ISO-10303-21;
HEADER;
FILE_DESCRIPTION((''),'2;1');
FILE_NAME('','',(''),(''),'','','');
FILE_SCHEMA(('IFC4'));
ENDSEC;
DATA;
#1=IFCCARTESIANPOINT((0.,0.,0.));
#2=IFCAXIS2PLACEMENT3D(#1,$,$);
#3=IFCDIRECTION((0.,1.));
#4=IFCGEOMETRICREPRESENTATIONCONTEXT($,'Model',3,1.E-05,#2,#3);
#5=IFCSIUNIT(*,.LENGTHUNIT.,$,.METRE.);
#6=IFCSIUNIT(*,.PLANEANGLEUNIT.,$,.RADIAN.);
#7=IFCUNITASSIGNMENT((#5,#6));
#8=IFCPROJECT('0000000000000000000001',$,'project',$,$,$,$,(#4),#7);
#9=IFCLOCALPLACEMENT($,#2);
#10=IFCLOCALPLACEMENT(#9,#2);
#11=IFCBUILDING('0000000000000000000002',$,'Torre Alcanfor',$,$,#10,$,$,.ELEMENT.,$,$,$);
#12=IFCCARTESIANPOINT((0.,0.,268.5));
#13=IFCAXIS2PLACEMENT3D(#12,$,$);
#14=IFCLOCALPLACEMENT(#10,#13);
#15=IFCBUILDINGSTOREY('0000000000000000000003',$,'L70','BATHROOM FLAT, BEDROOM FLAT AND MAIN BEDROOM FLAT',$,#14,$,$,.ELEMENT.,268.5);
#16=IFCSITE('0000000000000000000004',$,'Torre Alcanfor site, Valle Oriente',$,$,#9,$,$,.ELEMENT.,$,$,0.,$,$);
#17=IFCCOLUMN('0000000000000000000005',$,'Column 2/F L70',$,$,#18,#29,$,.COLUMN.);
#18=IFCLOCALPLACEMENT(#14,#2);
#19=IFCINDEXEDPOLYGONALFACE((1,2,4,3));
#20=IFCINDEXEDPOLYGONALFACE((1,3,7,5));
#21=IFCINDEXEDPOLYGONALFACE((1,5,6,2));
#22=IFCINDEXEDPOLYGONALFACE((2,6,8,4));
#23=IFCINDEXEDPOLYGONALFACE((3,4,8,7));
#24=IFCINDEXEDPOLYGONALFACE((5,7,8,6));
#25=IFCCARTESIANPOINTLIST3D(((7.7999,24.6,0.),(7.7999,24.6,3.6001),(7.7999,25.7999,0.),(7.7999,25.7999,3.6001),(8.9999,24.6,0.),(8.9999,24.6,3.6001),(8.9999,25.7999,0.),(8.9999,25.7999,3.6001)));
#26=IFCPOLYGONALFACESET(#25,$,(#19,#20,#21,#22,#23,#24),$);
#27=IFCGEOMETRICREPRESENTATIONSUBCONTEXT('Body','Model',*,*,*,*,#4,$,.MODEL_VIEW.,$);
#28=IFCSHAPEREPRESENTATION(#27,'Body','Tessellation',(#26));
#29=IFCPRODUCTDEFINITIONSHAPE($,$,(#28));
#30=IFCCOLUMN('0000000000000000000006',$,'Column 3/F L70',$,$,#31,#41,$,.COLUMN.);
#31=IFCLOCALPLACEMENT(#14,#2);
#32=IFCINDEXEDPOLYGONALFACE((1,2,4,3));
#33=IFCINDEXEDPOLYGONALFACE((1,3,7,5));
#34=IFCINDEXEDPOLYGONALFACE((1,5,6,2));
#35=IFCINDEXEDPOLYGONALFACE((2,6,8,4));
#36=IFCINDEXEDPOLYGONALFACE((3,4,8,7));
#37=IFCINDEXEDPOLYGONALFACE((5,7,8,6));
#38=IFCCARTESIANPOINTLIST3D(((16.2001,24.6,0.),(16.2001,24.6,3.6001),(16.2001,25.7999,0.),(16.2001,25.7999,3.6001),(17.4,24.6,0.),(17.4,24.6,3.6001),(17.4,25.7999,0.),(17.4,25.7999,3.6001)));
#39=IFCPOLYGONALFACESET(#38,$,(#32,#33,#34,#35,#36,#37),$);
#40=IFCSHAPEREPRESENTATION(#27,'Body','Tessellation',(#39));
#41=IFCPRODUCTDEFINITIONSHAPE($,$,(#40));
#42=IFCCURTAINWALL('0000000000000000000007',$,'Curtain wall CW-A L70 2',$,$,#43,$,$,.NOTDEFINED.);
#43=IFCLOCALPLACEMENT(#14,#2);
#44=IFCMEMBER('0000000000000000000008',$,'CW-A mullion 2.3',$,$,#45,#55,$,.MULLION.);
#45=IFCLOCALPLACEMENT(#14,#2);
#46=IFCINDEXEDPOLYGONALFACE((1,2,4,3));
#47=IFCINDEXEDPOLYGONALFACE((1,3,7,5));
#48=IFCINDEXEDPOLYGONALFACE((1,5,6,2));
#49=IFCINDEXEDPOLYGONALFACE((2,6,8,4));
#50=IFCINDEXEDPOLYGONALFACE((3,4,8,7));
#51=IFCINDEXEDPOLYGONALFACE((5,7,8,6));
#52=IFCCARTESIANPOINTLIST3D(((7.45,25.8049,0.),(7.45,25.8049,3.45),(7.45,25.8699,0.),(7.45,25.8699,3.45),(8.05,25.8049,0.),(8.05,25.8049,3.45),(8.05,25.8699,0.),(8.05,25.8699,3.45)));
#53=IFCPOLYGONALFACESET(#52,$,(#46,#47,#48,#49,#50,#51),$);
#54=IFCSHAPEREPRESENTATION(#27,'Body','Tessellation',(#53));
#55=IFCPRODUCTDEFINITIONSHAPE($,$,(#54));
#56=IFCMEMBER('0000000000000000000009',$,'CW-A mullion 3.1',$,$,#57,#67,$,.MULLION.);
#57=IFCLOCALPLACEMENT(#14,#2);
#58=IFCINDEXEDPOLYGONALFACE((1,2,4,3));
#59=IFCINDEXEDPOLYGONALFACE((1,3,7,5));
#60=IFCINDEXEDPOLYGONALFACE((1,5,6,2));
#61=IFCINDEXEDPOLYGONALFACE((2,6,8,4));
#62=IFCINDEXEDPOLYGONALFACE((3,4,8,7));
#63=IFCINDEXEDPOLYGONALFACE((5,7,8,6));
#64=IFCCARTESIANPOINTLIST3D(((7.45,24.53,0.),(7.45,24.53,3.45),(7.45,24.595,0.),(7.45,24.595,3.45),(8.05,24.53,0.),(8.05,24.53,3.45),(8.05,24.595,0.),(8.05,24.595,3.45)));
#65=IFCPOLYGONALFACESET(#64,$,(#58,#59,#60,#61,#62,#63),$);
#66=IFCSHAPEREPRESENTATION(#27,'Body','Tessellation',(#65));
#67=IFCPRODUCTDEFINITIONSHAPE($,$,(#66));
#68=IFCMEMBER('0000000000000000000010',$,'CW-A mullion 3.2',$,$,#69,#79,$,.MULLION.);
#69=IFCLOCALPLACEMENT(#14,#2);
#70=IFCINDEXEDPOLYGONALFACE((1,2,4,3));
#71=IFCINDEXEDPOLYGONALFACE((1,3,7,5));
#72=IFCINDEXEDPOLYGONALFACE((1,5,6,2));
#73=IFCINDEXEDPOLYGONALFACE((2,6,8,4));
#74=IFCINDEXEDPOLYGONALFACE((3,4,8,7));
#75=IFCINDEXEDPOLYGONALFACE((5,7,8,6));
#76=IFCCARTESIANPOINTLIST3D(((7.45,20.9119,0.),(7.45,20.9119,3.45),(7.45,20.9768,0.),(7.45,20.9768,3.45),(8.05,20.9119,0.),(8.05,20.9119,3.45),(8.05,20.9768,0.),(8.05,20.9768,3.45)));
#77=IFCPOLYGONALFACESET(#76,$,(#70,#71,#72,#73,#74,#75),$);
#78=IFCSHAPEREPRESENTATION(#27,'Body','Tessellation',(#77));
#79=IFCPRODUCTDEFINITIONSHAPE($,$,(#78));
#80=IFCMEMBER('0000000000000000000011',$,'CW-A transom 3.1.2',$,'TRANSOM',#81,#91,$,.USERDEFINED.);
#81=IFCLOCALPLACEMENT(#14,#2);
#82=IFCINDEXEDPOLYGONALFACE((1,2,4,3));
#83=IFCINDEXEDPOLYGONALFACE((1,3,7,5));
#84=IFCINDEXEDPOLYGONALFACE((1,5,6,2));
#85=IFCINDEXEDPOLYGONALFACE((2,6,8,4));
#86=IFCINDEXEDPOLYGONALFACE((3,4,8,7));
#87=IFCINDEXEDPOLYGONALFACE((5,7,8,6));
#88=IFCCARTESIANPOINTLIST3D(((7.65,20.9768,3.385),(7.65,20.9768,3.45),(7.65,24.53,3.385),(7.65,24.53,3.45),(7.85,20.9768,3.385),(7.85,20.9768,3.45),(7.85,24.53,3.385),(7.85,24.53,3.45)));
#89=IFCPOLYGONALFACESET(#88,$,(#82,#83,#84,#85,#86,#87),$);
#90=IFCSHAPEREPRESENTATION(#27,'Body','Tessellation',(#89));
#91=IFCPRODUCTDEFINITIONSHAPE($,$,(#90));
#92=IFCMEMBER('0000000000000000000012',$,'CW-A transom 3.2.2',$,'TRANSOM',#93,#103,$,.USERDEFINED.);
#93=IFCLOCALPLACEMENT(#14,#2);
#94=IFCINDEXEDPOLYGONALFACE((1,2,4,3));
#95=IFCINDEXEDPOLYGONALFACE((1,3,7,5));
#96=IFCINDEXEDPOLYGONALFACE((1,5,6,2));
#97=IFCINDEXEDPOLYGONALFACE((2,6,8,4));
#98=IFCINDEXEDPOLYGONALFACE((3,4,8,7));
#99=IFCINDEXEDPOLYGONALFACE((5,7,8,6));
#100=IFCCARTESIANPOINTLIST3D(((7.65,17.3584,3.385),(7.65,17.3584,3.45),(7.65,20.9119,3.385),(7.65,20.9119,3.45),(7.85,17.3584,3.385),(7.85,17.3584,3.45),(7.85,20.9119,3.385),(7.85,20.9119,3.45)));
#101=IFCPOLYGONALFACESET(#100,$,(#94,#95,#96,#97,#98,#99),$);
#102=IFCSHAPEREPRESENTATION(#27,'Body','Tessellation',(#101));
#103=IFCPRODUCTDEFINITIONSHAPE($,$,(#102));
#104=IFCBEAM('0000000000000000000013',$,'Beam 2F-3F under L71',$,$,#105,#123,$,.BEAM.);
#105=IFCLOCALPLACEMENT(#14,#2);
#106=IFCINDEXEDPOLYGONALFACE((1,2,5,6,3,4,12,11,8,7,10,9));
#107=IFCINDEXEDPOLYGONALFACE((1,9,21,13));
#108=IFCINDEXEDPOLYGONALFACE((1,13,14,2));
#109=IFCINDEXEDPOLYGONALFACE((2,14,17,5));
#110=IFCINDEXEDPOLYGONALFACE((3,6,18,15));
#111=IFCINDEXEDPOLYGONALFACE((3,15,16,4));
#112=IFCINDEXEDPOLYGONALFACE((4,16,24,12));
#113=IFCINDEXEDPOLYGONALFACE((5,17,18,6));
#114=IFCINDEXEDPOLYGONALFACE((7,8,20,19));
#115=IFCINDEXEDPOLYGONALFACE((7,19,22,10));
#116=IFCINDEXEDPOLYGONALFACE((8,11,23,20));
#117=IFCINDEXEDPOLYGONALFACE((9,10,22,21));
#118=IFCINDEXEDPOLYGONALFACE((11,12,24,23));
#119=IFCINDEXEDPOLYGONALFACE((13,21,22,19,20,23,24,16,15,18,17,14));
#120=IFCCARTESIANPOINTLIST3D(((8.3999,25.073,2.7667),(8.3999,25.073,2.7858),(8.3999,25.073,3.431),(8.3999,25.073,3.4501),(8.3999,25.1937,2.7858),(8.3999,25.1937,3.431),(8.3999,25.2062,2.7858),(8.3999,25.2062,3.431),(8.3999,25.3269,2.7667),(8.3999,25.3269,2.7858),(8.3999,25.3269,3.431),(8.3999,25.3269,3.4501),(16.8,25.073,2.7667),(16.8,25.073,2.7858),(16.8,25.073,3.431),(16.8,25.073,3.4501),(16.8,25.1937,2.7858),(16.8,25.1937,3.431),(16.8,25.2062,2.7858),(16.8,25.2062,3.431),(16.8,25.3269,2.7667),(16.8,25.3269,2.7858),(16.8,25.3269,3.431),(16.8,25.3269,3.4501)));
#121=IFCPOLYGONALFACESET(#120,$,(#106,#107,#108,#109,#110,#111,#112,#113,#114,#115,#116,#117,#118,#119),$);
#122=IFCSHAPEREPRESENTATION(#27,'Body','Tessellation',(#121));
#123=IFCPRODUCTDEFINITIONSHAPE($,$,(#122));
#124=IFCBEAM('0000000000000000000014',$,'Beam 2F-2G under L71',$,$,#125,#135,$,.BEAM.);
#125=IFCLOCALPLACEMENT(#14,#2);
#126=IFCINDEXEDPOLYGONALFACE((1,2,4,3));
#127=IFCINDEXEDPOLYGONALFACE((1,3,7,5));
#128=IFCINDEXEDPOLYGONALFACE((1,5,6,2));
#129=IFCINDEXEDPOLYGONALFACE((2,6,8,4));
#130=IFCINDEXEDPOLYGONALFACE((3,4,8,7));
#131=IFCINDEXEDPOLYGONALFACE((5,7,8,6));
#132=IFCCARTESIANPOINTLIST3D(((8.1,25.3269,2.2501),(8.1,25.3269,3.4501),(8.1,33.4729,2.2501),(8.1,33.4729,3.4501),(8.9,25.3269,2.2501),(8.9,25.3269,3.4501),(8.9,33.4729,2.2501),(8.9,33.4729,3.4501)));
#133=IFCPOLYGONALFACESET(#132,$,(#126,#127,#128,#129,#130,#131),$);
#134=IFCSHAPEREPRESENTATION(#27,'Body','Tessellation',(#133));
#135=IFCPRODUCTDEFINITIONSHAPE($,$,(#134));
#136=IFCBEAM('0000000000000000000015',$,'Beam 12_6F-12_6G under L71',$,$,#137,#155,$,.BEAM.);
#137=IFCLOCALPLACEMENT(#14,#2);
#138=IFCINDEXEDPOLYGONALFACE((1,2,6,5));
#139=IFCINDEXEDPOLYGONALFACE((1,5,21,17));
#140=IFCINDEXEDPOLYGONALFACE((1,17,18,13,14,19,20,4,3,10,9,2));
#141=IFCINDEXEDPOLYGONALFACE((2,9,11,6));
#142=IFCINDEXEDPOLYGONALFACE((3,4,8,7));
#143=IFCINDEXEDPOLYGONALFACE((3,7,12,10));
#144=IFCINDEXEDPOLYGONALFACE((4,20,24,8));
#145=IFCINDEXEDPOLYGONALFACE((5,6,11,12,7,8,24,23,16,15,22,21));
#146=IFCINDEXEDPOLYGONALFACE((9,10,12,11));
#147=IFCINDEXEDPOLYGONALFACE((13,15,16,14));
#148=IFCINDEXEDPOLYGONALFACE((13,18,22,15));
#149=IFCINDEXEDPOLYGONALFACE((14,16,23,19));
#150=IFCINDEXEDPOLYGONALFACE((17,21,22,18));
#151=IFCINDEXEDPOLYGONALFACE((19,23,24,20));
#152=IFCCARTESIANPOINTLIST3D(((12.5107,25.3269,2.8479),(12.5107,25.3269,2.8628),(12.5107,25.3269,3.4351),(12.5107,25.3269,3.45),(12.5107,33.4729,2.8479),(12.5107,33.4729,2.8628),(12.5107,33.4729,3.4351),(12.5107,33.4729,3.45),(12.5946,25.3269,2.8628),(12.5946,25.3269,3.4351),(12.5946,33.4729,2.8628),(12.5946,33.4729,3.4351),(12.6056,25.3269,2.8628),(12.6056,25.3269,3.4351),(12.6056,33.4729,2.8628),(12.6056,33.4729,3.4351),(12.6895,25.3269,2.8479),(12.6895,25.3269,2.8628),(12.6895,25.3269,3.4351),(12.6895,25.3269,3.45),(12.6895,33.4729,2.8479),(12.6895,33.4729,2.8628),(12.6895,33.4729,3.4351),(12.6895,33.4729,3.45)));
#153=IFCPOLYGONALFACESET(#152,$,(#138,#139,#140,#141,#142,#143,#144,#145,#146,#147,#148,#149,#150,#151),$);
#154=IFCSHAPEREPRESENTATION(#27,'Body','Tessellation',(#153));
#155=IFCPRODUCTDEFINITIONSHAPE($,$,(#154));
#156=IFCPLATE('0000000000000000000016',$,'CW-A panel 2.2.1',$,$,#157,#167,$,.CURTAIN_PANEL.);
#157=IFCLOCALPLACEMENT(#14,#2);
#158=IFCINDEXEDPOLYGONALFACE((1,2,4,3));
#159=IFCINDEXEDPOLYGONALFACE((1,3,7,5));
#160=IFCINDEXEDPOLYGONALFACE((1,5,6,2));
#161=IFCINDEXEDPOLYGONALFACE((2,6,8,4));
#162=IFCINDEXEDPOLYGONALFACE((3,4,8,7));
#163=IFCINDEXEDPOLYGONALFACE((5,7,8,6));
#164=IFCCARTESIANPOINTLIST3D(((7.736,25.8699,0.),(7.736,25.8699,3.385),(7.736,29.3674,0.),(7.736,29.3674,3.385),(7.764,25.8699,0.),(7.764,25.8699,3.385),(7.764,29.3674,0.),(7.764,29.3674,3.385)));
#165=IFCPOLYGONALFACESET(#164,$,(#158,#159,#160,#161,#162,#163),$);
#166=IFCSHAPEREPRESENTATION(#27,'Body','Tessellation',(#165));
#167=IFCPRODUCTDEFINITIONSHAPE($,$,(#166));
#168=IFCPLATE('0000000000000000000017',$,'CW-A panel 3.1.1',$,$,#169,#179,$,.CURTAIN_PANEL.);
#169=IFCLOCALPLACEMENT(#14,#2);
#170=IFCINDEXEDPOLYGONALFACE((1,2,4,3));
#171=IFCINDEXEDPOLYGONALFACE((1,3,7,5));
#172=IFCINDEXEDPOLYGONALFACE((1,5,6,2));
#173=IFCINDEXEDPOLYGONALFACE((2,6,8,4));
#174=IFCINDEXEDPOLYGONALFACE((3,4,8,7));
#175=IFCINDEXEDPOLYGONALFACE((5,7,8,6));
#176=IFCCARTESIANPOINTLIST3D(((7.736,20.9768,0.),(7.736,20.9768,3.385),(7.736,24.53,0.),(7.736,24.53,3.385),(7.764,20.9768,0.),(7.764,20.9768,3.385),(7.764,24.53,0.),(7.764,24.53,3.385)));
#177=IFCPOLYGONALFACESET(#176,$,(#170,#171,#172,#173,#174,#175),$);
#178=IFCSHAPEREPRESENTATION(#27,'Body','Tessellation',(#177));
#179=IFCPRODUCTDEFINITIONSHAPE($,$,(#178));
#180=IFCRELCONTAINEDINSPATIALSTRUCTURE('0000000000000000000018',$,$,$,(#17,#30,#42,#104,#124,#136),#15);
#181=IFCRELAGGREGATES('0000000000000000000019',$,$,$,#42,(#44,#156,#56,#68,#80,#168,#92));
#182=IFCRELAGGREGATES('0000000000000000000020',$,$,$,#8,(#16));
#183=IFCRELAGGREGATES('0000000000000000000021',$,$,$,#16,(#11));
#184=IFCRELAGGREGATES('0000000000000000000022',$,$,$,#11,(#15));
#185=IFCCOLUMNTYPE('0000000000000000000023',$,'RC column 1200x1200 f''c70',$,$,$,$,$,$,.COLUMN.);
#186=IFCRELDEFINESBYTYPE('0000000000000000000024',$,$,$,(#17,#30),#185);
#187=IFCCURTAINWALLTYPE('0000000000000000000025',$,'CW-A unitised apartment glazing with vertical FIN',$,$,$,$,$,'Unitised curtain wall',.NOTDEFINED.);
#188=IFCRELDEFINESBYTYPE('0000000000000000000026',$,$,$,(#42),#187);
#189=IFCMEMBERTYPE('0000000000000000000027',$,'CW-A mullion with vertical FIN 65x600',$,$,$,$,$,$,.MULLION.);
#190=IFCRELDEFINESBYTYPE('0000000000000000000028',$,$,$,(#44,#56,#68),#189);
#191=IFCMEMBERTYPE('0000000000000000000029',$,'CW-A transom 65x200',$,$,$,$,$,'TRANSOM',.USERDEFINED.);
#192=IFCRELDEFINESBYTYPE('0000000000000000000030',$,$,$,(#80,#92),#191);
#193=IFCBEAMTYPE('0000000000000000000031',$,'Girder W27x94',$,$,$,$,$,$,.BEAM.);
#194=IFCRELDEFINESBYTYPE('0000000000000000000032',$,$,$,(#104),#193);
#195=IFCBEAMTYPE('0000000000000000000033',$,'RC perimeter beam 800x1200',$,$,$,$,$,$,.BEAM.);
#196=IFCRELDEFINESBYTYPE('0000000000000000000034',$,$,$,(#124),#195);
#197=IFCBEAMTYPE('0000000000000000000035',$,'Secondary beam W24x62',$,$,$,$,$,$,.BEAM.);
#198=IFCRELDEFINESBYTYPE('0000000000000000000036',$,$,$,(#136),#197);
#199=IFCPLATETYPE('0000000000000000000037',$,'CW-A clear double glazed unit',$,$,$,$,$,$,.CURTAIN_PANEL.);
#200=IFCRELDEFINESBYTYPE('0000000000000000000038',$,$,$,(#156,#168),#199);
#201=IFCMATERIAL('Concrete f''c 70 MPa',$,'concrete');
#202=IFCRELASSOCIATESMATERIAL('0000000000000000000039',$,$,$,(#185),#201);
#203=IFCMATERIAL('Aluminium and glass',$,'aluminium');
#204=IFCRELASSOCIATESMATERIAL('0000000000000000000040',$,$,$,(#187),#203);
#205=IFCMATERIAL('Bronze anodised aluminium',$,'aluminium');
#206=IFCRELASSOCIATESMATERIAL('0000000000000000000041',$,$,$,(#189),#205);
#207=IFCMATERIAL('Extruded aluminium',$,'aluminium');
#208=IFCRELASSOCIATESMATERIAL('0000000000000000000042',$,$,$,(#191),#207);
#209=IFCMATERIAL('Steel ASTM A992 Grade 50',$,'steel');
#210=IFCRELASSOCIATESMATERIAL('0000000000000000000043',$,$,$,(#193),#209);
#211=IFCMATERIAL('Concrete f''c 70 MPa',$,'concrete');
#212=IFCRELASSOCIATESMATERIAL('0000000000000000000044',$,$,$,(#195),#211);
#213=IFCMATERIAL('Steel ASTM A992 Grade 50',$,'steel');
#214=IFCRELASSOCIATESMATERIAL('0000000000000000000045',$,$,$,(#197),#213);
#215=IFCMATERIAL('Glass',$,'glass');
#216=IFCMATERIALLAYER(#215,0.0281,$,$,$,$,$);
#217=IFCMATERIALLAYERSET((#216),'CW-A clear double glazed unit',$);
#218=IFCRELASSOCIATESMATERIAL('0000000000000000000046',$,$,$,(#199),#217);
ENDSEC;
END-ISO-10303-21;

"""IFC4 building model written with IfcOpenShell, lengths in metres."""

from ifc_helpers import new_model, si_unit, direction, frame, origin, origin_2d, place, context, subcontext, project, spatial, rectangle, i_section, extrude, material, layer, layer_set, material_profile, profile_set, type_object, element, aggregate, save


model = new_model("IFC4")

# Units and contexts
model_context = context("Model", 3, precision=1e-05, world=origin(), true_north=direction((0.0, 1.0)))
body_context = subcontext(model_context, "Body", "Model", "MODEL_VIEW")
ifc_project = project(units=[si_unit("LENGTHUNIT", "METRE"), si_unit("PLANEANGLEUNIT", "RADIAN")], contexts=[model_context])

# Site, building, storey
site_placement = place(None, origin())
site = spatial("IfcSite", under=ifc_project, at=site_placement, Name="Torre Alcanfor site, Valle Oriente", CompositionType="ELEMENT", RefElevation=0.0)
building_placement = place(site_placement, origin())
building = spatial("IfcBuilding", under=site, at=building_placement, Name="Torre Alcanfor", CompositionType="ELEMENT")
storey_placement = place(building_placement, frame((0.0, 0.0, 268.5)))
storey = spatial("IfcBuildingStorey", under=building, at=storey_placement, Name="L70", Description="BATHROOM FLAT, BEDROOM FLAT AND MAIN BEDROOM FLAT", CompositionType="ELEMENT", Elevation=268.5)

# Columns
ifc_material_1 = material(Name="Concrete f'c 70 MPa", Category="concrete")
ifc_material_profile_1 = material_profile(ifc_material_1, rectangle(XDim=1.2, YDim=1.2, at=origin_2d()), Name="1200x1200")
ifc_profile_set_1 = profile_set([ifc_material_profile_1], Name="Concrete f'c 70 MPa")
column_type = type_object("IfcColumnType", Name="RC column 1200x1200 f'c70", PredefinedType="COLUMN", material=ifc_profile_set_1)
for number, where, z_axis, x_axis, name in (
    (1, (8.3999, 25.2, 0.0), (0.0, 0.0, 1.0), (1.0, 0.0, 0.0), "Column 2/F L70"),
    (2, (16.8, 25.2, 0.0), (0.0, 0.0, 1.0), (1.0, 0.0, 0.0), "Column 3/F L70"),
):
    element("IfcColumn", number, at=place(storey_placement, frame(where, z_axis=z_axis, x_axis=x_axis)), inside=storey, type_object=column_type, Name=name, PredefinedType="COLUMN", context=body_context, shape_type="SweptSolid", body=[
        extrude(rectangle(XDim=1.2, YDim=1.2, at=origin_2d()), origin(), (0.0, 0.0, 1.0), 3.6001),
    ])

# Curtain wall, members
ifc_material_2 = material(Name="Aluminium and glass", Category="aluminium")
curtain_wall_type = type_object("IfcCurtainWallType", Name="CW-A unitised apartment glazing with vertical FIN", ElementType="Unitised curtain wall", PredefinedType="NOTDEFINED", material=ifc_material_2)
curtain_wall_placement = place(storey_placement, origin())
curtain_wall = element("IfcCurtainWall", 3, at=curtain_wall_placement, inside=storey, type_object=curtain_wall_type, Name="Curtain wall CW-A L70 2", PredefinedType="NOTDEFINED")
ifc_material_3 = material(Name="Bronze anodised aluminium", Category="aluminium")
ifc_material_profile_2 = material_profile(ifc_material_3, rectangle(XDim=0.6001, YDim=0.0649, at=origin_2d()), Name="CW-A mullion 65x600")
ifc_profile_set_2 = profile_set([ifc_material_profile_2], Name="Bronze anodised aluminium")
member_type_1 = type_object("IfcMemberType", Name="CW-A mullion with vertical FIN 65x600", PredefinedType="MULLION", material=ifc_profile_set_2)
member_1_placement = place(storey_placement, frame((7.75, 25.8374, 0.0), z_axis=(0.0, 0.0, 1.0), x_axis=(1.0, 0.0, 0.0)))
member_1 = element("IfcMember", 4, at=member_1_placement, type_object=member_type_1, Name="CW-A mullion 2.3", PredefinedType="MULLION", context=body_context, shape_type="SweptSolid", body=[
    extrude(rectangle(XDim=0.6001, YDim=0.0649, at=origin_2d()), origin(), (0.0, 0.0, 1.0), 3.45),
])
member_2_placement = place(storey_placement, frame((7.75, 24.5625, 0.0), z_axis=(0.0, 0.0, 1.0), x_axis=(1.0, 0.0, 0.0)))
member_2 = element("IfcMember", 5, at=member_2_placement, type_object=member_type_1, Name="CW-A mullion 3.1", PredefinedType="MULLION", context=body_context, shape_type="SweptSolid", body=[
    extrude(rectangle(XDim=0.6001, YDim=0.0649, at=origin_2d()), origin(), (0.0, 0.0, 1.0), 3.45),
])
member_3_placement = place(storey_placement, frame((7.75, 20.9443, 0.0), z_axis=(0.0, 0.0, 1.0), x_axis=(1.0, 0.0, 0.0)))
member_3 = element("IfcMember", 6, at=member_3_placement, type_object=member_type_1, Name="CW-A mullion 3.2", PredefinedType="MULLION", context=body_context, shape_type="SweptSolid", body=[
    extrude(rectangle(XDim=0.6001, YDim=0.0649, at=origin_2d()), origin(), (0.0, 0.0, 1.0), 3.45),
])
ifc_material_4 = material(Name="Extruded aluminium", Category="aluminium")
ifc_material_profile_3 = material_profile(ifc_material_4, rectangle(XDim=0.2, YDim=0.0649, at=origin_2d()), Name="CW-A transom 200x65")
ifc_profile_set_3 = profile_set([ifc_material_profile_3], Name="Extruded aluminium")
member_type_2 = type_object("IfcMemberType", Name="CW-A transom 65x200", ElementType="TRANSOM", PredefinedType="USERDEFINED", material=ifc_profile_set_3)
member_4_placement = place(storey_placement, frame((7.75, 24.53, 3.4175), z_axis=(0.0, -1.0, 0.0), x_axis=(1.0, 0.0, 0.0)))
member_4 = element("IfcMember", 7, at=member_4_placement, type_object=member_type_2, Name="CW-A transom 3.1.2", ObjectType="TRANSOM", PredefinedType="USERDEFINED", context=body_context, shape_type="SweptSolid", body=[
    extrude(rectangle(XDim=0.2, YDim=0.0649, at=origin_2d()), origin(), (0.0, 0.0, 1.0), 3.5532),
])
member_5_placement = place(storey_placement, frame((7.75, 20.9119, 3.4175), z_axis=(0.0, -1.0, 0.0), x_axis=(1.0, 0.0, 0.0)))
member_5 = element("IfcMember", 8, at=member_5_placement, type_object=member_type_2, Name="CW-A transom 3.2.2", ObjectType="TRANSOM", PredefinedType="USERDEFINED", context=body_context, shape_type="SweptSolid", body=[
    extrude(rectangle(XDim=0.2, YDim=0.0649, at=origin_2d()), origin(), (0.0, 0.0, 1.0), 3.5535),
])

# Beams
ifc_material_5 = material(Name="Steel ASTM A992 Grade 50", Category="steel")
ifc_material_profile_4 = material_profile(ifc_material_5, i_section(OverallWidth=0.2539, OverallDepth=0.6833, WebThickness=0.0125, FlangeThickness=0.019, at=origin_2d()), Name="W27x94")
ifc_profile_set_4 = profile_set([ifc_material_profile_4], Name="Steel ASTM A992 Grade 50")
beam_type_1 = type_object("IfcBeamType", Name="Girder W27x94", PredefinedType="BEAM", material=ifc_profile_set_4)
beam_1_placement = place(storey_placement, frame((8.3999, 25.2, 3.1084), z_axis=(1.0, 0.0, 0.0), x_axis=(0.0, 1.0, 0.0)))
element("IfcBeam", 9, at=beam_1_placement, inside=storey, type_object=beam_type_1, Name="Beam 2F-3F under L71", PredefinedType="BEAM", context=body_context, shape_type="SweptSolid", body=[
    extrude(i_section(OverallWidth=0.2539, OverallDepth=0.6833, WebThickness=0.0125, FlangeThickness=0.019, at=origin_2d()), origin(), (0.0, 0.0, 1.0), 8.4001),
])
ifc_material_6 = material(Name="Concrete f'c 70 MPa", Category="concrete")
ifc_material_profile_5 = material_profile(ifc_material_6, rectangle(XDim=0.8, YDim=1.2, at=origin_2d()), Name="800x1200")
ifc_profile_set_5 = profile_set([ifc_material_profile_5], Name="Concrete f'c 70 MPa")
beam_type_2 = type_object("IfcBeamType", Name="RC perimeter beam 800x1200", PredefinedType="BEAM", material=ifc_profile_set_5)
beam_2_placement = place(storey_placement, frame((8.5, 25.3269, 2.8501), z_axis=(0.0, 1.0, 0.0), x_axis=(-1.0, 0.0, 0.0)))
element("IfcBeam", 10, at=beam_2_placement, inside=storey, type_object=beam_type_2, Name="Beam 2F-2G under L71", PredefinedType="BEAM", context=body_context, shape_type="SweptSolid", body=[
    extrude(rectangle(XDim=0.8, YDim=1.2, at=origin_2d()), origin(), (0.0, 0.0, 1.0), 8.146),
])
ifc_material_7 = material(Name="Steel ASTM A992 Grade 50", Category="steel")
ifc_material_profile_6 = material_profile(ifc_material_7, i_section(OverallWidth=0.1787, OverallDepth=0.6021, WebThickness=0.011, FlangeThickness=0.0149, at=origin_2d()), Name="W24x62")
ifc_profile_set_6 = profile_set([ifc_material_profile_6], Name="Steel ASTM A992 Grade 50")
beam_type_3 = type_object("IfcBeamType", Name="Secondary beam W24x62", PredefinedType="BEAM", material=ifc_profile_set_6)
beam_3_placement = place(storey_placement, frame((12.6001, 25.3269, 3.1489), z_axis=(0.0, 1.0, 0.0), x_axis=(-1.0, 0.0, 0.0)))
element("IfcBeam", 11, at=beam_3_placement, inside=storey, type_object=beam_type_3, Name="Beam 12_6F-12_6G under L71", PredefinedType="BEAM", context=body_context, shape_type="SweptSolid", body=[
    extrude(i_section(OverallWidth=0.1787, OverallDepth=0.6021, WebThickness=0.011, FlangeThickness=0.0149, at=origin_2d()), origin(), (0.0, 0.0, 1.0), 8.146),
])

# Plates
ifc_material_8 = material(Name="Glass", Category="glass")
ifc_layer_1 = layer(ifc_material_8, 0.0281)
ifc_layer_set_1 = layer_set([ifc_layer_1], Name="CW-A clear double glazed unit")
plate_type = type_object("IfcPlateType", Name="CW-A clear double glazed unit", PredefinedType="CURTAIN_PANEL", material=ifc_layer_set_1)
plate_1_placement = place(storey_placement, frame((7.75, 27.6187, 0.0), z_axis=(0.0, 0.0, 1.0), x_axis=(0.0, -1.0, 0.0)))
plate_1 = element("IfcPlate", 12, at=plate_1_placement, type_object=plate_type, Name="CW-A panel 2.2.1", PredefinedType="CURTAIN_PANEL", context=body_context, shape_type="SweptSolid", body=[
    extrude(rectangle(XDim=3.4976, YDim=0.0281, at=origin_2d()), origin(), (0.0, 0.0, 1.0), 3.385),
])
plate_2_placement = place(storey_placement, frame((7.75, 22.7534, 0.0), z_axis=(0.0, 0.0, 1.0), x_axis=(0.0, -1.0, 0.0)))
plate_2 = element("IfcPlate", 13, at=plate_2_placement, type_object=plate_type, Name="CW-A panel 3.1.1", PredefinedType="CURTAIN_PANEL", context=body_context, shape_type="SweptSolid", body=[
    extrude(rectangle(XDim=3.5532, YDim=0.0281, at=origin_2d()), origin(), (0.0, 0.0, 1.0), 3.385),
])
aggregate(curtain_wall, [member_1, plate_1, member_2, member_3, member_4, plate_2, member_5])

save(model, "model.ifc")
